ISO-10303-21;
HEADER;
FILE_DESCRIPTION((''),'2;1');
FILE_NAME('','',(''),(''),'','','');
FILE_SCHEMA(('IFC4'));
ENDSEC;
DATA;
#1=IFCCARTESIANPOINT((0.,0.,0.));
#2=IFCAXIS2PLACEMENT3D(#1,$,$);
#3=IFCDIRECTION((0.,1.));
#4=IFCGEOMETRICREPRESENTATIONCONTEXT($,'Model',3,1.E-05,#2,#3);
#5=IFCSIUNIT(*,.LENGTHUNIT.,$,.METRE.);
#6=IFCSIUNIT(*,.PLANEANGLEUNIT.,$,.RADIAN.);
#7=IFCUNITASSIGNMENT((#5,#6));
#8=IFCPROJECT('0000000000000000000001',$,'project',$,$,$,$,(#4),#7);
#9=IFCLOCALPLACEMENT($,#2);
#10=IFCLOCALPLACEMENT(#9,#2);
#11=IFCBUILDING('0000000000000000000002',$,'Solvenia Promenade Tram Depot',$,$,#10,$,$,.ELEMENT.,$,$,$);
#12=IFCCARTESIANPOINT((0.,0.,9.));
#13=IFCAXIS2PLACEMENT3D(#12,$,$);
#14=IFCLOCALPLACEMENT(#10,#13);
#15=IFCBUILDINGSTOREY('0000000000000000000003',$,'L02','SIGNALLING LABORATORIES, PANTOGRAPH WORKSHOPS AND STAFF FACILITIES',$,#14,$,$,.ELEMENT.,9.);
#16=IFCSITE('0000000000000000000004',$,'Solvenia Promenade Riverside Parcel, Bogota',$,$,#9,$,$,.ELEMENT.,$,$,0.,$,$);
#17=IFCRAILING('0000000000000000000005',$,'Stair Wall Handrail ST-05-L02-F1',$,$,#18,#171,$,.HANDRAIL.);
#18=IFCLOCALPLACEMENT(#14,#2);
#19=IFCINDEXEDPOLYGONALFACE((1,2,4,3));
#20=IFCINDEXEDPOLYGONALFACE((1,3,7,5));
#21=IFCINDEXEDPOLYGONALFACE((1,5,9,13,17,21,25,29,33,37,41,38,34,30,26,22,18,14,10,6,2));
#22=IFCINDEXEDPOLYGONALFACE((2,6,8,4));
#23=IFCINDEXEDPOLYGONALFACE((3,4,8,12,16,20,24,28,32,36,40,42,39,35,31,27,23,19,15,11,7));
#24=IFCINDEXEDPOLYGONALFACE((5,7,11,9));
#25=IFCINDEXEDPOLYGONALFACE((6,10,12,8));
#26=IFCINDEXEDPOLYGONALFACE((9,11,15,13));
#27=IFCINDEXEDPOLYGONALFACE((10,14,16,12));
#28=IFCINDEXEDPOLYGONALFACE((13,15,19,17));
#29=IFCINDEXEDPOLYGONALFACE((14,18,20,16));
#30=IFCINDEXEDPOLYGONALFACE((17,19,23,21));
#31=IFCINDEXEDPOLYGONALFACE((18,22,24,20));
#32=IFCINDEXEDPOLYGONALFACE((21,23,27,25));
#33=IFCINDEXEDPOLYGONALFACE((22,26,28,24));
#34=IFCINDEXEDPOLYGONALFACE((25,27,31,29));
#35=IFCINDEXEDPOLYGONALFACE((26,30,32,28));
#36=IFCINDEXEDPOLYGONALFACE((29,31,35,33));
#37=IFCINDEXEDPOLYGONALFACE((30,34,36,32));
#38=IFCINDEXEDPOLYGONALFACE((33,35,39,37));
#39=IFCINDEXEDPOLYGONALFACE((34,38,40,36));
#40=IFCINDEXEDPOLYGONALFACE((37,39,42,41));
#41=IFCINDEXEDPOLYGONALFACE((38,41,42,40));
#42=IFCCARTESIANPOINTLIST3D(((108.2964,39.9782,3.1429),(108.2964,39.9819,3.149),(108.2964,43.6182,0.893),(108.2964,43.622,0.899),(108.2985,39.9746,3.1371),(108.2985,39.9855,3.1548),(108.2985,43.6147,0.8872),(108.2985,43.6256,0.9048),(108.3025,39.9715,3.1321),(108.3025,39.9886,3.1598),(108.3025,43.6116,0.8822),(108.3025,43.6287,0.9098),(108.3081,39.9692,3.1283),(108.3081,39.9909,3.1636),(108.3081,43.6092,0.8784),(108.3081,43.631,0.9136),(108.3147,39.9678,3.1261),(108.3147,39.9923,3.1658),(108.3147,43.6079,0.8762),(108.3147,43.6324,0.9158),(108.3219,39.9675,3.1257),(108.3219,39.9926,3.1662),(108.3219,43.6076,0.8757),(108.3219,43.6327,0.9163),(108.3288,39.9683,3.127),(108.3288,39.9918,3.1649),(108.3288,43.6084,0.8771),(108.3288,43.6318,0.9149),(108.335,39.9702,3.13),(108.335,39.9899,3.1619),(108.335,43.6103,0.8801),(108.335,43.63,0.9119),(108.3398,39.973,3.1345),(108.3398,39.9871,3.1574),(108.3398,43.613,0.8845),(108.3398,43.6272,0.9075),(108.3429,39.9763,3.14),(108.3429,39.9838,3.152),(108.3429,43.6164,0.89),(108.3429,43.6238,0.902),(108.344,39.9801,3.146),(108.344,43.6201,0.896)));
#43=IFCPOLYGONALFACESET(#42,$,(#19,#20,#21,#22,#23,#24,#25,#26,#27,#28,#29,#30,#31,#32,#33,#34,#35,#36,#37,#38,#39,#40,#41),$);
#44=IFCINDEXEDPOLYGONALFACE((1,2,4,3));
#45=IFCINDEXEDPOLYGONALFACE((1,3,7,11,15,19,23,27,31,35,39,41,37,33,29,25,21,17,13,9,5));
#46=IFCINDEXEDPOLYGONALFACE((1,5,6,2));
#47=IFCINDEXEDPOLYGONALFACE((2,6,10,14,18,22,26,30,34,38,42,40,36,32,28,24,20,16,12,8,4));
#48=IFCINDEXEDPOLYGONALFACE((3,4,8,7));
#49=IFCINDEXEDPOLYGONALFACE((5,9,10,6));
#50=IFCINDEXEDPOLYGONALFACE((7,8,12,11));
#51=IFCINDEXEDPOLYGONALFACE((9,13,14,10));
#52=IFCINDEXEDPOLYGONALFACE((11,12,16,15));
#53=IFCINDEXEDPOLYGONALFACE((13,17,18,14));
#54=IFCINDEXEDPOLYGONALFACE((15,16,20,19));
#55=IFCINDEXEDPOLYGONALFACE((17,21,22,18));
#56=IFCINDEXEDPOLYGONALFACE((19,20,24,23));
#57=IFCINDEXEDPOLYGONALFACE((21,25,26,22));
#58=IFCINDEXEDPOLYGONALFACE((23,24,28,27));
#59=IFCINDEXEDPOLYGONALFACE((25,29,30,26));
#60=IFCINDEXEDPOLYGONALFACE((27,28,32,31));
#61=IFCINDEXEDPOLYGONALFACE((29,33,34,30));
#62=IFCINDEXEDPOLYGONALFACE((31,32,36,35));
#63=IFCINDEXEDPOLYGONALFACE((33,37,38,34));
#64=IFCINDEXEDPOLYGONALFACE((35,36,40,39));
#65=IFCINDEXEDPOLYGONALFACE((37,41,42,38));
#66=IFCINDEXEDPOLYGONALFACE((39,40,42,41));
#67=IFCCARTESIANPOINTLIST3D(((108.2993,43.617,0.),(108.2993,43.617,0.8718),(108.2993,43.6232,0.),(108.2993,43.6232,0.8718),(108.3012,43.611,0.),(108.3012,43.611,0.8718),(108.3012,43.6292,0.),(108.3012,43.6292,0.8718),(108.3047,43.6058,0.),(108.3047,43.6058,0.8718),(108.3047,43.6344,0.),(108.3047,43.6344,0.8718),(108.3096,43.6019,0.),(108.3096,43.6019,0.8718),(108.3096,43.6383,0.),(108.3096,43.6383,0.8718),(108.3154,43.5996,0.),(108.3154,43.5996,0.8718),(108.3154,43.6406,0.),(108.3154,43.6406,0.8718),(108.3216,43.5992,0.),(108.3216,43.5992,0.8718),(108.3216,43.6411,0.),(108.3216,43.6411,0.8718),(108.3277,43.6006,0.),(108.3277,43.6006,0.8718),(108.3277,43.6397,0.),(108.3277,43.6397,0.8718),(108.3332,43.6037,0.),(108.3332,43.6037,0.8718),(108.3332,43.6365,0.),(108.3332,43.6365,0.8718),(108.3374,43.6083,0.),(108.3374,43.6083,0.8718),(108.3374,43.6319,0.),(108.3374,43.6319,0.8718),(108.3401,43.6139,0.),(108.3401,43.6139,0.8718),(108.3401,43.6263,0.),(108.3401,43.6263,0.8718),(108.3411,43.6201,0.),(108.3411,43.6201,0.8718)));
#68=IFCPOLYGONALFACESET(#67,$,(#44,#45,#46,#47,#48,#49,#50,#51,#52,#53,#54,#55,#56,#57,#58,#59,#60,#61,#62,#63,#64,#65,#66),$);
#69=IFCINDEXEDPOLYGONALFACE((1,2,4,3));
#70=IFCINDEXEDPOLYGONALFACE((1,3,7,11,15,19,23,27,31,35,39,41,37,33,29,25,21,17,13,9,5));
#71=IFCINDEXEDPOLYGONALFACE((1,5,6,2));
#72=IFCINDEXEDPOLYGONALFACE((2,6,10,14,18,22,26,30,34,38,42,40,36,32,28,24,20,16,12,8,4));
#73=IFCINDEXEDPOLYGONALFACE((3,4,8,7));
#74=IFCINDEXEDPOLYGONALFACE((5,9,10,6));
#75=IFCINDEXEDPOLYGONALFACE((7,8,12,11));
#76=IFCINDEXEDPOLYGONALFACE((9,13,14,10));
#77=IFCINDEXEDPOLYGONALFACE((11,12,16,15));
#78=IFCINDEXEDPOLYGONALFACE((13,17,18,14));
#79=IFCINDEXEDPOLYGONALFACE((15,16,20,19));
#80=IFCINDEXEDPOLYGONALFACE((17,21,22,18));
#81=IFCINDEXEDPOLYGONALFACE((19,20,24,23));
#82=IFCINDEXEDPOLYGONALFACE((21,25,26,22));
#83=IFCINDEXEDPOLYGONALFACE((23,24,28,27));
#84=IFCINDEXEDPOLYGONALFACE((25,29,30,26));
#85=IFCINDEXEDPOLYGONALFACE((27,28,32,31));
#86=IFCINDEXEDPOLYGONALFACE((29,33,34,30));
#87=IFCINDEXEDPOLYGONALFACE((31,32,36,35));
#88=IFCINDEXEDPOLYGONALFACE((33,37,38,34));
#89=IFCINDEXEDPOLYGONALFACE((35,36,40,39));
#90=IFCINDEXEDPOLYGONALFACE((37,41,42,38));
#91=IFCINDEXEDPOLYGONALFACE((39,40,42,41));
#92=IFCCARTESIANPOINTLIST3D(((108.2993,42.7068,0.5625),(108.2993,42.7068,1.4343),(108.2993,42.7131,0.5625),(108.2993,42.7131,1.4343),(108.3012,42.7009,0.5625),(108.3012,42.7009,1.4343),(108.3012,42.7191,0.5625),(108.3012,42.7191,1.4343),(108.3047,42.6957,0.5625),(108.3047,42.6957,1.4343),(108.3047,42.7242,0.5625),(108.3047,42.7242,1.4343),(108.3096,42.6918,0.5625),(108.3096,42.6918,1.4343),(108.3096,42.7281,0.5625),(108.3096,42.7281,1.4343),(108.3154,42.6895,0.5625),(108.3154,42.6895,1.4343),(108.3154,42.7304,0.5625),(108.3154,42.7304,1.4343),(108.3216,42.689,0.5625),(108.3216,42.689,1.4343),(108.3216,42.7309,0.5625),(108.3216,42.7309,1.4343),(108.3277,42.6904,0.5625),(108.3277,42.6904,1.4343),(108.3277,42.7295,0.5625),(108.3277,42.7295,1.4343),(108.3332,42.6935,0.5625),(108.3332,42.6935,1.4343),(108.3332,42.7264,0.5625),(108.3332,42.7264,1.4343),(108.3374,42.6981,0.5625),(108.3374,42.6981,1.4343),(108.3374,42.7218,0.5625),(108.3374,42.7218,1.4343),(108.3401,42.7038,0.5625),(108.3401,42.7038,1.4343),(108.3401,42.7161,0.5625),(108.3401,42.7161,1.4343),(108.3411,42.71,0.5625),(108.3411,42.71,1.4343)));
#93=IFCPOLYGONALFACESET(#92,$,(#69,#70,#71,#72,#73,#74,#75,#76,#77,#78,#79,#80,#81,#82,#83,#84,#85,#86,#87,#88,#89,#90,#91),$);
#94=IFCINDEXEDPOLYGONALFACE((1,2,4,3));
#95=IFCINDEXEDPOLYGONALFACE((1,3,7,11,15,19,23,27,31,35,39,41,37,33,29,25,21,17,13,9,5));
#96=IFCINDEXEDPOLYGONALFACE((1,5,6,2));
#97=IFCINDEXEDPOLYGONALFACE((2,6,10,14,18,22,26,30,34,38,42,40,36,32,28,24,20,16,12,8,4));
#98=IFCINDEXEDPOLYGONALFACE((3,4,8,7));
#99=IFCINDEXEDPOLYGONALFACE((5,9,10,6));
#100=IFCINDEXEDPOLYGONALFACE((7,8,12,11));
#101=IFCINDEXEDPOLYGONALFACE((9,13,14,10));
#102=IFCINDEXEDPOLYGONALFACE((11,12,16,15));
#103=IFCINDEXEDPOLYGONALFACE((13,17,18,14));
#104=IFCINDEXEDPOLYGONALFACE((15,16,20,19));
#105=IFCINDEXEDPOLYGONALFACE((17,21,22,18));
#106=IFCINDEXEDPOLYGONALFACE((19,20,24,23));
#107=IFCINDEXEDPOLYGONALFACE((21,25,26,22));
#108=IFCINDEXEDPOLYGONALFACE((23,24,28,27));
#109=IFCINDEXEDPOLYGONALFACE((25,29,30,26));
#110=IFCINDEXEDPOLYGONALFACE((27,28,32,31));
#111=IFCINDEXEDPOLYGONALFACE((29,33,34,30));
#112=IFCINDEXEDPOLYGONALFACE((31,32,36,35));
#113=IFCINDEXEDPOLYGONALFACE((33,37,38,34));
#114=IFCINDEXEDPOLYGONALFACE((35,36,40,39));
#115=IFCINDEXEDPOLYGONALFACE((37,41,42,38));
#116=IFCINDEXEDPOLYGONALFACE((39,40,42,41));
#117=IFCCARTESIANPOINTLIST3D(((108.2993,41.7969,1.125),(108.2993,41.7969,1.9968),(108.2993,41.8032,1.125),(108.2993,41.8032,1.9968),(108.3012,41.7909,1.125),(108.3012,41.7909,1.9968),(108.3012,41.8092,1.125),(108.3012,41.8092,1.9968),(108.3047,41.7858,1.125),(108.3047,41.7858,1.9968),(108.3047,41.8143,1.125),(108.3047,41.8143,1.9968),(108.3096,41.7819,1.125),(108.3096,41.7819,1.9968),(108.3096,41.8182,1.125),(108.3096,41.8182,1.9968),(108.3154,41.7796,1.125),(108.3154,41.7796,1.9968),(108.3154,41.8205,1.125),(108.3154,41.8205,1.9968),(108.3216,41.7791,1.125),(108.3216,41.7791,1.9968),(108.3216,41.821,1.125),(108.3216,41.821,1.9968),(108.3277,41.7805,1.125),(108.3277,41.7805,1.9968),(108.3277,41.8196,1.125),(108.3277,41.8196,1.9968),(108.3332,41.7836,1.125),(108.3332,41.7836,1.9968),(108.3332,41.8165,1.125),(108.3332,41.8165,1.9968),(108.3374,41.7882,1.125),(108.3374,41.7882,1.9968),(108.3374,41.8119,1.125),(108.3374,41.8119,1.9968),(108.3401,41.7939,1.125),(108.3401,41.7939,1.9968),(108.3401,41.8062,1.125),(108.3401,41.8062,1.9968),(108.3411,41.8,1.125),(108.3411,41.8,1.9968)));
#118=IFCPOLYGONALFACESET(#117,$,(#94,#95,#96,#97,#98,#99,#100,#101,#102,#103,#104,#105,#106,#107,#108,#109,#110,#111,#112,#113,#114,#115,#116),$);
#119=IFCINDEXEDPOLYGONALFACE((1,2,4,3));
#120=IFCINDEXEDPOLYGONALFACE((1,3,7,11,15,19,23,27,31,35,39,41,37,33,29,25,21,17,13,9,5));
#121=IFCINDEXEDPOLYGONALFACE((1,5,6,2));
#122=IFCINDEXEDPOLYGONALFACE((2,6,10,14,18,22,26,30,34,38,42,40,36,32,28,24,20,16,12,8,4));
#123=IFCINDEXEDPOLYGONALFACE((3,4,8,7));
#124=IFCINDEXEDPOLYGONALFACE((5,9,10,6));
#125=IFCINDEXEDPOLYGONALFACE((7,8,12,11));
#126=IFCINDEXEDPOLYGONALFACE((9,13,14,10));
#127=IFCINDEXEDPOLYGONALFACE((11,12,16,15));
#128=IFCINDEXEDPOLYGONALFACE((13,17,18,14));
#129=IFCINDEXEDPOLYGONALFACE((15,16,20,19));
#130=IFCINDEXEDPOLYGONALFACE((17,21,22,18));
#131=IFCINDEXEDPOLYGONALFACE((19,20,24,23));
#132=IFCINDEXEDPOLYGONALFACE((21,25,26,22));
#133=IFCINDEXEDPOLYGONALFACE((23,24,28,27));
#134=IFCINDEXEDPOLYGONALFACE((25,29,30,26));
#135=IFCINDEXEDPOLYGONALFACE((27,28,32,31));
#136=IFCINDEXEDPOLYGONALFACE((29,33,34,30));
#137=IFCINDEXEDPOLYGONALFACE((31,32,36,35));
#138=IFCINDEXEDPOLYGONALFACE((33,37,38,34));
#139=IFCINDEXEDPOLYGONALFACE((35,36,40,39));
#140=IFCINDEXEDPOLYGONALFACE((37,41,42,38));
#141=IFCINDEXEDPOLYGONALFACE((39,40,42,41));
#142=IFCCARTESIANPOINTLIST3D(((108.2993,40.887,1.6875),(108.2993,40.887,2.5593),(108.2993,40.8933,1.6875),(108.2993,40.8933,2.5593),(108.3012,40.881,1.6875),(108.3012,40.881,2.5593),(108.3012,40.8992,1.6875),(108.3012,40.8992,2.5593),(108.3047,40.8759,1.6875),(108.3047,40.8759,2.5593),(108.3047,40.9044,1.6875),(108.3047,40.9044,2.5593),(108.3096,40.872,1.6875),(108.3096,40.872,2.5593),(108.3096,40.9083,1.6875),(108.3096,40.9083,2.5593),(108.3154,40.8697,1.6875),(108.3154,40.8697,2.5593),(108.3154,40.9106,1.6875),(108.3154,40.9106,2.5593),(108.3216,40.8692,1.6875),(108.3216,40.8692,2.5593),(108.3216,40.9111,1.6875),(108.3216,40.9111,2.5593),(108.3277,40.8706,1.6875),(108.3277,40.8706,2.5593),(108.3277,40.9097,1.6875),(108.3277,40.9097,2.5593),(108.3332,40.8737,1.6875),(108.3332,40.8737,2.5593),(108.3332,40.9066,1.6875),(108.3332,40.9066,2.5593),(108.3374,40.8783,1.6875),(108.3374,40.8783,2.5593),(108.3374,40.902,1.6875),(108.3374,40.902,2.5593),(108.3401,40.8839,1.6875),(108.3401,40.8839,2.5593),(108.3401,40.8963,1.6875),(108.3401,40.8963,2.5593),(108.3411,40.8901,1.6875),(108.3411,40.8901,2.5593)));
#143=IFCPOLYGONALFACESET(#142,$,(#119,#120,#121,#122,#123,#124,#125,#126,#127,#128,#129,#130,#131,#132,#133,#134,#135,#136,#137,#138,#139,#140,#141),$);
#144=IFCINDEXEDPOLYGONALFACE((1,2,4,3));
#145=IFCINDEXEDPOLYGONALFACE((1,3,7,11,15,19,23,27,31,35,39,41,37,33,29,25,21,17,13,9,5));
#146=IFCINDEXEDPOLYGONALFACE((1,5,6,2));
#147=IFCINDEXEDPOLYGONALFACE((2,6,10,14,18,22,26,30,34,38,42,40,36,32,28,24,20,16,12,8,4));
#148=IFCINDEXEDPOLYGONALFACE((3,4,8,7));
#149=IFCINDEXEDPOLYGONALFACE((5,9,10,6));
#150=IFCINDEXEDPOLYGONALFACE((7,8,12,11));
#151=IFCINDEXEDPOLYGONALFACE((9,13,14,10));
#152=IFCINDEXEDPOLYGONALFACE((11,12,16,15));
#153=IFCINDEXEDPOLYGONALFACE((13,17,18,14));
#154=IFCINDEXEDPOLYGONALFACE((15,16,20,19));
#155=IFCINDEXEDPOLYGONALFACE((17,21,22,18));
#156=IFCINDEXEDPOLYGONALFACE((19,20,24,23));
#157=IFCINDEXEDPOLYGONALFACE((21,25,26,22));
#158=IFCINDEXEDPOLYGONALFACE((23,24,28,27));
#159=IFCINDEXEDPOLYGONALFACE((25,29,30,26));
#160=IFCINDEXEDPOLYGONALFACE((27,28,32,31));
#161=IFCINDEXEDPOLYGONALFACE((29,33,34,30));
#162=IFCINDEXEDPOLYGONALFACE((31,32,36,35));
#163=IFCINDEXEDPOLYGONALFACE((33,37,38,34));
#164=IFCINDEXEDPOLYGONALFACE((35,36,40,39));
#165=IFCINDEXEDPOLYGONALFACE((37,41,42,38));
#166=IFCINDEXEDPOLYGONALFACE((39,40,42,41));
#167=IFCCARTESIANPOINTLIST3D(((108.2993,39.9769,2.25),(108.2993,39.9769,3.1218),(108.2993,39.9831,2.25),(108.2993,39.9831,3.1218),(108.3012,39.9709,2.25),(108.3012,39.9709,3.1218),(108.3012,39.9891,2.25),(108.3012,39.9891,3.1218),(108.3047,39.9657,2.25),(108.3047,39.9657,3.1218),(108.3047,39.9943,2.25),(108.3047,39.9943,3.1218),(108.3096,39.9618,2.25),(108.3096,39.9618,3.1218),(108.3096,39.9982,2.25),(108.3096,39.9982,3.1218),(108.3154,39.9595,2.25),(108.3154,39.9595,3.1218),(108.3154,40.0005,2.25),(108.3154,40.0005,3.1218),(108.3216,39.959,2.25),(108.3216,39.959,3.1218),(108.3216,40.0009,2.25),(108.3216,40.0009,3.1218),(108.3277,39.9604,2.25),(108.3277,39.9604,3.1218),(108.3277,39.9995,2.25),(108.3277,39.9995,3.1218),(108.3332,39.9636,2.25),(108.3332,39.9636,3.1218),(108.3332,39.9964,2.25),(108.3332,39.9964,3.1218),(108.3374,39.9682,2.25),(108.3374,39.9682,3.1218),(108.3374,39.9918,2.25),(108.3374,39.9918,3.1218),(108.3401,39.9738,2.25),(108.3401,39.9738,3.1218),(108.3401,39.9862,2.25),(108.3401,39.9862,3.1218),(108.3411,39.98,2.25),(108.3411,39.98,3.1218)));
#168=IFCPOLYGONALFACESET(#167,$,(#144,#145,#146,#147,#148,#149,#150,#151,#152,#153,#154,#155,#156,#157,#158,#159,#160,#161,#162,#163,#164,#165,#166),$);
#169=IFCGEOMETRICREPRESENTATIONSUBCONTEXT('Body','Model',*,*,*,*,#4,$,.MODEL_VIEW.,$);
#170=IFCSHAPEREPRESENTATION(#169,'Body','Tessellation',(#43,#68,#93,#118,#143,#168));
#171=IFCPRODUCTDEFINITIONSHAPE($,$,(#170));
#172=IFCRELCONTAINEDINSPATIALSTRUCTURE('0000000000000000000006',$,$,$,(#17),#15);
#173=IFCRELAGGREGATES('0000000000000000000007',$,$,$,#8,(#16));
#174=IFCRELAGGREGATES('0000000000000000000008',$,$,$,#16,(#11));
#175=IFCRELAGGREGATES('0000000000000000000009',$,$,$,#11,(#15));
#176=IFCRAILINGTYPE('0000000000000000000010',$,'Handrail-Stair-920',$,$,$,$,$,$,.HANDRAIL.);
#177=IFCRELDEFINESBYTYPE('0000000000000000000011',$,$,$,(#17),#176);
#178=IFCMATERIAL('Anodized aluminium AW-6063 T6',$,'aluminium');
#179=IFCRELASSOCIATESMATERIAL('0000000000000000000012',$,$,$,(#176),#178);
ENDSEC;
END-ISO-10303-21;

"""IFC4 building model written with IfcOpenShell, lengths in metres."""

from ifc_helpers import new_model, si_unit, direction, frame, origin, origin_2d, place, context, subcontext, project, spatial, circle, extrude, material, type_object, element, save


model = new_model("IFC4")

# Units and contexts
model_context = context("Model", 3, precision=1e-05, world=origin(), true_north=direction((0.0, 1.0)))
body_context = subcontext(model_context, "Body", "Model", "MODEL_VIEW")
ifc_project = project(units=[si_unit("LENGTHUNIT", "METRE"), si_unit("PLANEANGLEUNIT", "RADIAN")], contexts=[model_context])

# Site, building, storey
site_placement = place(None, origin())
site = spatial("IfcSite", under=ifc_project, at=site_placement, Name="Solvenia Promenade Riverside Parcel, Bogota", CompositionType="ELEMENT", RefElevation=0.0)
building_placement = place(site_placement, origin())
building = spatial("IfcBuilding", under=site, at=building_placement, Name="Solvenia Promenade Tram Depot", CompositionType="ELEMENT")
storey_placement = place(building_placement, frame((0.0, 0.0, 9.0)))
storey = spatial("IfcBuildingStorey", under=building, at=storey_placement, Name="L02", Description="SIGNALLING LABORATORIES, PANTOGRAPH WORKSHOPS AND STAFF FACILITIES", CompositionType="ELEMENT", Elevation=9.0)

# Shared definitions
ifc_material_1 = material(Name="Anodized aluminium AW-6063 T6", Category="aluminium")

# Railing
railing_type_1 = type_object("IfcRailingType", Name="Handrail-Stair-920", PredefinedType="HANDRAIL", material=ifc_material_1)
railing_1_placement = place(storey_placement, frame((108.3201, 43.6201, 0.0)))
element("IfcRailing", 1, at=railing_1_placement, inside=storey, type_object=railing_type_1, Name="Stair Wall Handrail ST-05-L02-F1", PredefinedType="HANDRAIL", context=body_context, shape_type="SweptSolid", body=[
    extrude(circle(Radius=0.0239, at=origin_2d()), frame((0.0, 0.0, 0.896), z_axis=(0.0, -0.850622, 0.525777), x_axis=(1.0, 0.0, 0.0)), (0.0, 0.0, 1.0), 4.2793),
    extrude(circle(Radius=0.021, at=origin_2d()), origin(), (0.0, 0.0, 1.0), 0.8718),
    extrude(circle(Radius=0.021, at=origin_2d()), frame((0.0, -0.9102, 0.5625)), (0.0, 0.0, 1.0), 0.8718),
    extrude(circle(Radius=0.021, at=origin_2d()), frame((0.0, -1.8201, 1.125)), (0.0, 0.0, 1.0), 0.8718),
    extrude(circle(Radius=0.021, at=origin_2d()), frame((0.0, -2.73, 1.6875)), (0.0, 0.0, 1.0), 0.8718),
    extrude(circle(Radius=0.021, at=origin_2d()), frame((0.0, -3.6401, 2.25)), (0.0, 0.0, 1.0), 0.8718),
])

save(model, "model.ifc")
